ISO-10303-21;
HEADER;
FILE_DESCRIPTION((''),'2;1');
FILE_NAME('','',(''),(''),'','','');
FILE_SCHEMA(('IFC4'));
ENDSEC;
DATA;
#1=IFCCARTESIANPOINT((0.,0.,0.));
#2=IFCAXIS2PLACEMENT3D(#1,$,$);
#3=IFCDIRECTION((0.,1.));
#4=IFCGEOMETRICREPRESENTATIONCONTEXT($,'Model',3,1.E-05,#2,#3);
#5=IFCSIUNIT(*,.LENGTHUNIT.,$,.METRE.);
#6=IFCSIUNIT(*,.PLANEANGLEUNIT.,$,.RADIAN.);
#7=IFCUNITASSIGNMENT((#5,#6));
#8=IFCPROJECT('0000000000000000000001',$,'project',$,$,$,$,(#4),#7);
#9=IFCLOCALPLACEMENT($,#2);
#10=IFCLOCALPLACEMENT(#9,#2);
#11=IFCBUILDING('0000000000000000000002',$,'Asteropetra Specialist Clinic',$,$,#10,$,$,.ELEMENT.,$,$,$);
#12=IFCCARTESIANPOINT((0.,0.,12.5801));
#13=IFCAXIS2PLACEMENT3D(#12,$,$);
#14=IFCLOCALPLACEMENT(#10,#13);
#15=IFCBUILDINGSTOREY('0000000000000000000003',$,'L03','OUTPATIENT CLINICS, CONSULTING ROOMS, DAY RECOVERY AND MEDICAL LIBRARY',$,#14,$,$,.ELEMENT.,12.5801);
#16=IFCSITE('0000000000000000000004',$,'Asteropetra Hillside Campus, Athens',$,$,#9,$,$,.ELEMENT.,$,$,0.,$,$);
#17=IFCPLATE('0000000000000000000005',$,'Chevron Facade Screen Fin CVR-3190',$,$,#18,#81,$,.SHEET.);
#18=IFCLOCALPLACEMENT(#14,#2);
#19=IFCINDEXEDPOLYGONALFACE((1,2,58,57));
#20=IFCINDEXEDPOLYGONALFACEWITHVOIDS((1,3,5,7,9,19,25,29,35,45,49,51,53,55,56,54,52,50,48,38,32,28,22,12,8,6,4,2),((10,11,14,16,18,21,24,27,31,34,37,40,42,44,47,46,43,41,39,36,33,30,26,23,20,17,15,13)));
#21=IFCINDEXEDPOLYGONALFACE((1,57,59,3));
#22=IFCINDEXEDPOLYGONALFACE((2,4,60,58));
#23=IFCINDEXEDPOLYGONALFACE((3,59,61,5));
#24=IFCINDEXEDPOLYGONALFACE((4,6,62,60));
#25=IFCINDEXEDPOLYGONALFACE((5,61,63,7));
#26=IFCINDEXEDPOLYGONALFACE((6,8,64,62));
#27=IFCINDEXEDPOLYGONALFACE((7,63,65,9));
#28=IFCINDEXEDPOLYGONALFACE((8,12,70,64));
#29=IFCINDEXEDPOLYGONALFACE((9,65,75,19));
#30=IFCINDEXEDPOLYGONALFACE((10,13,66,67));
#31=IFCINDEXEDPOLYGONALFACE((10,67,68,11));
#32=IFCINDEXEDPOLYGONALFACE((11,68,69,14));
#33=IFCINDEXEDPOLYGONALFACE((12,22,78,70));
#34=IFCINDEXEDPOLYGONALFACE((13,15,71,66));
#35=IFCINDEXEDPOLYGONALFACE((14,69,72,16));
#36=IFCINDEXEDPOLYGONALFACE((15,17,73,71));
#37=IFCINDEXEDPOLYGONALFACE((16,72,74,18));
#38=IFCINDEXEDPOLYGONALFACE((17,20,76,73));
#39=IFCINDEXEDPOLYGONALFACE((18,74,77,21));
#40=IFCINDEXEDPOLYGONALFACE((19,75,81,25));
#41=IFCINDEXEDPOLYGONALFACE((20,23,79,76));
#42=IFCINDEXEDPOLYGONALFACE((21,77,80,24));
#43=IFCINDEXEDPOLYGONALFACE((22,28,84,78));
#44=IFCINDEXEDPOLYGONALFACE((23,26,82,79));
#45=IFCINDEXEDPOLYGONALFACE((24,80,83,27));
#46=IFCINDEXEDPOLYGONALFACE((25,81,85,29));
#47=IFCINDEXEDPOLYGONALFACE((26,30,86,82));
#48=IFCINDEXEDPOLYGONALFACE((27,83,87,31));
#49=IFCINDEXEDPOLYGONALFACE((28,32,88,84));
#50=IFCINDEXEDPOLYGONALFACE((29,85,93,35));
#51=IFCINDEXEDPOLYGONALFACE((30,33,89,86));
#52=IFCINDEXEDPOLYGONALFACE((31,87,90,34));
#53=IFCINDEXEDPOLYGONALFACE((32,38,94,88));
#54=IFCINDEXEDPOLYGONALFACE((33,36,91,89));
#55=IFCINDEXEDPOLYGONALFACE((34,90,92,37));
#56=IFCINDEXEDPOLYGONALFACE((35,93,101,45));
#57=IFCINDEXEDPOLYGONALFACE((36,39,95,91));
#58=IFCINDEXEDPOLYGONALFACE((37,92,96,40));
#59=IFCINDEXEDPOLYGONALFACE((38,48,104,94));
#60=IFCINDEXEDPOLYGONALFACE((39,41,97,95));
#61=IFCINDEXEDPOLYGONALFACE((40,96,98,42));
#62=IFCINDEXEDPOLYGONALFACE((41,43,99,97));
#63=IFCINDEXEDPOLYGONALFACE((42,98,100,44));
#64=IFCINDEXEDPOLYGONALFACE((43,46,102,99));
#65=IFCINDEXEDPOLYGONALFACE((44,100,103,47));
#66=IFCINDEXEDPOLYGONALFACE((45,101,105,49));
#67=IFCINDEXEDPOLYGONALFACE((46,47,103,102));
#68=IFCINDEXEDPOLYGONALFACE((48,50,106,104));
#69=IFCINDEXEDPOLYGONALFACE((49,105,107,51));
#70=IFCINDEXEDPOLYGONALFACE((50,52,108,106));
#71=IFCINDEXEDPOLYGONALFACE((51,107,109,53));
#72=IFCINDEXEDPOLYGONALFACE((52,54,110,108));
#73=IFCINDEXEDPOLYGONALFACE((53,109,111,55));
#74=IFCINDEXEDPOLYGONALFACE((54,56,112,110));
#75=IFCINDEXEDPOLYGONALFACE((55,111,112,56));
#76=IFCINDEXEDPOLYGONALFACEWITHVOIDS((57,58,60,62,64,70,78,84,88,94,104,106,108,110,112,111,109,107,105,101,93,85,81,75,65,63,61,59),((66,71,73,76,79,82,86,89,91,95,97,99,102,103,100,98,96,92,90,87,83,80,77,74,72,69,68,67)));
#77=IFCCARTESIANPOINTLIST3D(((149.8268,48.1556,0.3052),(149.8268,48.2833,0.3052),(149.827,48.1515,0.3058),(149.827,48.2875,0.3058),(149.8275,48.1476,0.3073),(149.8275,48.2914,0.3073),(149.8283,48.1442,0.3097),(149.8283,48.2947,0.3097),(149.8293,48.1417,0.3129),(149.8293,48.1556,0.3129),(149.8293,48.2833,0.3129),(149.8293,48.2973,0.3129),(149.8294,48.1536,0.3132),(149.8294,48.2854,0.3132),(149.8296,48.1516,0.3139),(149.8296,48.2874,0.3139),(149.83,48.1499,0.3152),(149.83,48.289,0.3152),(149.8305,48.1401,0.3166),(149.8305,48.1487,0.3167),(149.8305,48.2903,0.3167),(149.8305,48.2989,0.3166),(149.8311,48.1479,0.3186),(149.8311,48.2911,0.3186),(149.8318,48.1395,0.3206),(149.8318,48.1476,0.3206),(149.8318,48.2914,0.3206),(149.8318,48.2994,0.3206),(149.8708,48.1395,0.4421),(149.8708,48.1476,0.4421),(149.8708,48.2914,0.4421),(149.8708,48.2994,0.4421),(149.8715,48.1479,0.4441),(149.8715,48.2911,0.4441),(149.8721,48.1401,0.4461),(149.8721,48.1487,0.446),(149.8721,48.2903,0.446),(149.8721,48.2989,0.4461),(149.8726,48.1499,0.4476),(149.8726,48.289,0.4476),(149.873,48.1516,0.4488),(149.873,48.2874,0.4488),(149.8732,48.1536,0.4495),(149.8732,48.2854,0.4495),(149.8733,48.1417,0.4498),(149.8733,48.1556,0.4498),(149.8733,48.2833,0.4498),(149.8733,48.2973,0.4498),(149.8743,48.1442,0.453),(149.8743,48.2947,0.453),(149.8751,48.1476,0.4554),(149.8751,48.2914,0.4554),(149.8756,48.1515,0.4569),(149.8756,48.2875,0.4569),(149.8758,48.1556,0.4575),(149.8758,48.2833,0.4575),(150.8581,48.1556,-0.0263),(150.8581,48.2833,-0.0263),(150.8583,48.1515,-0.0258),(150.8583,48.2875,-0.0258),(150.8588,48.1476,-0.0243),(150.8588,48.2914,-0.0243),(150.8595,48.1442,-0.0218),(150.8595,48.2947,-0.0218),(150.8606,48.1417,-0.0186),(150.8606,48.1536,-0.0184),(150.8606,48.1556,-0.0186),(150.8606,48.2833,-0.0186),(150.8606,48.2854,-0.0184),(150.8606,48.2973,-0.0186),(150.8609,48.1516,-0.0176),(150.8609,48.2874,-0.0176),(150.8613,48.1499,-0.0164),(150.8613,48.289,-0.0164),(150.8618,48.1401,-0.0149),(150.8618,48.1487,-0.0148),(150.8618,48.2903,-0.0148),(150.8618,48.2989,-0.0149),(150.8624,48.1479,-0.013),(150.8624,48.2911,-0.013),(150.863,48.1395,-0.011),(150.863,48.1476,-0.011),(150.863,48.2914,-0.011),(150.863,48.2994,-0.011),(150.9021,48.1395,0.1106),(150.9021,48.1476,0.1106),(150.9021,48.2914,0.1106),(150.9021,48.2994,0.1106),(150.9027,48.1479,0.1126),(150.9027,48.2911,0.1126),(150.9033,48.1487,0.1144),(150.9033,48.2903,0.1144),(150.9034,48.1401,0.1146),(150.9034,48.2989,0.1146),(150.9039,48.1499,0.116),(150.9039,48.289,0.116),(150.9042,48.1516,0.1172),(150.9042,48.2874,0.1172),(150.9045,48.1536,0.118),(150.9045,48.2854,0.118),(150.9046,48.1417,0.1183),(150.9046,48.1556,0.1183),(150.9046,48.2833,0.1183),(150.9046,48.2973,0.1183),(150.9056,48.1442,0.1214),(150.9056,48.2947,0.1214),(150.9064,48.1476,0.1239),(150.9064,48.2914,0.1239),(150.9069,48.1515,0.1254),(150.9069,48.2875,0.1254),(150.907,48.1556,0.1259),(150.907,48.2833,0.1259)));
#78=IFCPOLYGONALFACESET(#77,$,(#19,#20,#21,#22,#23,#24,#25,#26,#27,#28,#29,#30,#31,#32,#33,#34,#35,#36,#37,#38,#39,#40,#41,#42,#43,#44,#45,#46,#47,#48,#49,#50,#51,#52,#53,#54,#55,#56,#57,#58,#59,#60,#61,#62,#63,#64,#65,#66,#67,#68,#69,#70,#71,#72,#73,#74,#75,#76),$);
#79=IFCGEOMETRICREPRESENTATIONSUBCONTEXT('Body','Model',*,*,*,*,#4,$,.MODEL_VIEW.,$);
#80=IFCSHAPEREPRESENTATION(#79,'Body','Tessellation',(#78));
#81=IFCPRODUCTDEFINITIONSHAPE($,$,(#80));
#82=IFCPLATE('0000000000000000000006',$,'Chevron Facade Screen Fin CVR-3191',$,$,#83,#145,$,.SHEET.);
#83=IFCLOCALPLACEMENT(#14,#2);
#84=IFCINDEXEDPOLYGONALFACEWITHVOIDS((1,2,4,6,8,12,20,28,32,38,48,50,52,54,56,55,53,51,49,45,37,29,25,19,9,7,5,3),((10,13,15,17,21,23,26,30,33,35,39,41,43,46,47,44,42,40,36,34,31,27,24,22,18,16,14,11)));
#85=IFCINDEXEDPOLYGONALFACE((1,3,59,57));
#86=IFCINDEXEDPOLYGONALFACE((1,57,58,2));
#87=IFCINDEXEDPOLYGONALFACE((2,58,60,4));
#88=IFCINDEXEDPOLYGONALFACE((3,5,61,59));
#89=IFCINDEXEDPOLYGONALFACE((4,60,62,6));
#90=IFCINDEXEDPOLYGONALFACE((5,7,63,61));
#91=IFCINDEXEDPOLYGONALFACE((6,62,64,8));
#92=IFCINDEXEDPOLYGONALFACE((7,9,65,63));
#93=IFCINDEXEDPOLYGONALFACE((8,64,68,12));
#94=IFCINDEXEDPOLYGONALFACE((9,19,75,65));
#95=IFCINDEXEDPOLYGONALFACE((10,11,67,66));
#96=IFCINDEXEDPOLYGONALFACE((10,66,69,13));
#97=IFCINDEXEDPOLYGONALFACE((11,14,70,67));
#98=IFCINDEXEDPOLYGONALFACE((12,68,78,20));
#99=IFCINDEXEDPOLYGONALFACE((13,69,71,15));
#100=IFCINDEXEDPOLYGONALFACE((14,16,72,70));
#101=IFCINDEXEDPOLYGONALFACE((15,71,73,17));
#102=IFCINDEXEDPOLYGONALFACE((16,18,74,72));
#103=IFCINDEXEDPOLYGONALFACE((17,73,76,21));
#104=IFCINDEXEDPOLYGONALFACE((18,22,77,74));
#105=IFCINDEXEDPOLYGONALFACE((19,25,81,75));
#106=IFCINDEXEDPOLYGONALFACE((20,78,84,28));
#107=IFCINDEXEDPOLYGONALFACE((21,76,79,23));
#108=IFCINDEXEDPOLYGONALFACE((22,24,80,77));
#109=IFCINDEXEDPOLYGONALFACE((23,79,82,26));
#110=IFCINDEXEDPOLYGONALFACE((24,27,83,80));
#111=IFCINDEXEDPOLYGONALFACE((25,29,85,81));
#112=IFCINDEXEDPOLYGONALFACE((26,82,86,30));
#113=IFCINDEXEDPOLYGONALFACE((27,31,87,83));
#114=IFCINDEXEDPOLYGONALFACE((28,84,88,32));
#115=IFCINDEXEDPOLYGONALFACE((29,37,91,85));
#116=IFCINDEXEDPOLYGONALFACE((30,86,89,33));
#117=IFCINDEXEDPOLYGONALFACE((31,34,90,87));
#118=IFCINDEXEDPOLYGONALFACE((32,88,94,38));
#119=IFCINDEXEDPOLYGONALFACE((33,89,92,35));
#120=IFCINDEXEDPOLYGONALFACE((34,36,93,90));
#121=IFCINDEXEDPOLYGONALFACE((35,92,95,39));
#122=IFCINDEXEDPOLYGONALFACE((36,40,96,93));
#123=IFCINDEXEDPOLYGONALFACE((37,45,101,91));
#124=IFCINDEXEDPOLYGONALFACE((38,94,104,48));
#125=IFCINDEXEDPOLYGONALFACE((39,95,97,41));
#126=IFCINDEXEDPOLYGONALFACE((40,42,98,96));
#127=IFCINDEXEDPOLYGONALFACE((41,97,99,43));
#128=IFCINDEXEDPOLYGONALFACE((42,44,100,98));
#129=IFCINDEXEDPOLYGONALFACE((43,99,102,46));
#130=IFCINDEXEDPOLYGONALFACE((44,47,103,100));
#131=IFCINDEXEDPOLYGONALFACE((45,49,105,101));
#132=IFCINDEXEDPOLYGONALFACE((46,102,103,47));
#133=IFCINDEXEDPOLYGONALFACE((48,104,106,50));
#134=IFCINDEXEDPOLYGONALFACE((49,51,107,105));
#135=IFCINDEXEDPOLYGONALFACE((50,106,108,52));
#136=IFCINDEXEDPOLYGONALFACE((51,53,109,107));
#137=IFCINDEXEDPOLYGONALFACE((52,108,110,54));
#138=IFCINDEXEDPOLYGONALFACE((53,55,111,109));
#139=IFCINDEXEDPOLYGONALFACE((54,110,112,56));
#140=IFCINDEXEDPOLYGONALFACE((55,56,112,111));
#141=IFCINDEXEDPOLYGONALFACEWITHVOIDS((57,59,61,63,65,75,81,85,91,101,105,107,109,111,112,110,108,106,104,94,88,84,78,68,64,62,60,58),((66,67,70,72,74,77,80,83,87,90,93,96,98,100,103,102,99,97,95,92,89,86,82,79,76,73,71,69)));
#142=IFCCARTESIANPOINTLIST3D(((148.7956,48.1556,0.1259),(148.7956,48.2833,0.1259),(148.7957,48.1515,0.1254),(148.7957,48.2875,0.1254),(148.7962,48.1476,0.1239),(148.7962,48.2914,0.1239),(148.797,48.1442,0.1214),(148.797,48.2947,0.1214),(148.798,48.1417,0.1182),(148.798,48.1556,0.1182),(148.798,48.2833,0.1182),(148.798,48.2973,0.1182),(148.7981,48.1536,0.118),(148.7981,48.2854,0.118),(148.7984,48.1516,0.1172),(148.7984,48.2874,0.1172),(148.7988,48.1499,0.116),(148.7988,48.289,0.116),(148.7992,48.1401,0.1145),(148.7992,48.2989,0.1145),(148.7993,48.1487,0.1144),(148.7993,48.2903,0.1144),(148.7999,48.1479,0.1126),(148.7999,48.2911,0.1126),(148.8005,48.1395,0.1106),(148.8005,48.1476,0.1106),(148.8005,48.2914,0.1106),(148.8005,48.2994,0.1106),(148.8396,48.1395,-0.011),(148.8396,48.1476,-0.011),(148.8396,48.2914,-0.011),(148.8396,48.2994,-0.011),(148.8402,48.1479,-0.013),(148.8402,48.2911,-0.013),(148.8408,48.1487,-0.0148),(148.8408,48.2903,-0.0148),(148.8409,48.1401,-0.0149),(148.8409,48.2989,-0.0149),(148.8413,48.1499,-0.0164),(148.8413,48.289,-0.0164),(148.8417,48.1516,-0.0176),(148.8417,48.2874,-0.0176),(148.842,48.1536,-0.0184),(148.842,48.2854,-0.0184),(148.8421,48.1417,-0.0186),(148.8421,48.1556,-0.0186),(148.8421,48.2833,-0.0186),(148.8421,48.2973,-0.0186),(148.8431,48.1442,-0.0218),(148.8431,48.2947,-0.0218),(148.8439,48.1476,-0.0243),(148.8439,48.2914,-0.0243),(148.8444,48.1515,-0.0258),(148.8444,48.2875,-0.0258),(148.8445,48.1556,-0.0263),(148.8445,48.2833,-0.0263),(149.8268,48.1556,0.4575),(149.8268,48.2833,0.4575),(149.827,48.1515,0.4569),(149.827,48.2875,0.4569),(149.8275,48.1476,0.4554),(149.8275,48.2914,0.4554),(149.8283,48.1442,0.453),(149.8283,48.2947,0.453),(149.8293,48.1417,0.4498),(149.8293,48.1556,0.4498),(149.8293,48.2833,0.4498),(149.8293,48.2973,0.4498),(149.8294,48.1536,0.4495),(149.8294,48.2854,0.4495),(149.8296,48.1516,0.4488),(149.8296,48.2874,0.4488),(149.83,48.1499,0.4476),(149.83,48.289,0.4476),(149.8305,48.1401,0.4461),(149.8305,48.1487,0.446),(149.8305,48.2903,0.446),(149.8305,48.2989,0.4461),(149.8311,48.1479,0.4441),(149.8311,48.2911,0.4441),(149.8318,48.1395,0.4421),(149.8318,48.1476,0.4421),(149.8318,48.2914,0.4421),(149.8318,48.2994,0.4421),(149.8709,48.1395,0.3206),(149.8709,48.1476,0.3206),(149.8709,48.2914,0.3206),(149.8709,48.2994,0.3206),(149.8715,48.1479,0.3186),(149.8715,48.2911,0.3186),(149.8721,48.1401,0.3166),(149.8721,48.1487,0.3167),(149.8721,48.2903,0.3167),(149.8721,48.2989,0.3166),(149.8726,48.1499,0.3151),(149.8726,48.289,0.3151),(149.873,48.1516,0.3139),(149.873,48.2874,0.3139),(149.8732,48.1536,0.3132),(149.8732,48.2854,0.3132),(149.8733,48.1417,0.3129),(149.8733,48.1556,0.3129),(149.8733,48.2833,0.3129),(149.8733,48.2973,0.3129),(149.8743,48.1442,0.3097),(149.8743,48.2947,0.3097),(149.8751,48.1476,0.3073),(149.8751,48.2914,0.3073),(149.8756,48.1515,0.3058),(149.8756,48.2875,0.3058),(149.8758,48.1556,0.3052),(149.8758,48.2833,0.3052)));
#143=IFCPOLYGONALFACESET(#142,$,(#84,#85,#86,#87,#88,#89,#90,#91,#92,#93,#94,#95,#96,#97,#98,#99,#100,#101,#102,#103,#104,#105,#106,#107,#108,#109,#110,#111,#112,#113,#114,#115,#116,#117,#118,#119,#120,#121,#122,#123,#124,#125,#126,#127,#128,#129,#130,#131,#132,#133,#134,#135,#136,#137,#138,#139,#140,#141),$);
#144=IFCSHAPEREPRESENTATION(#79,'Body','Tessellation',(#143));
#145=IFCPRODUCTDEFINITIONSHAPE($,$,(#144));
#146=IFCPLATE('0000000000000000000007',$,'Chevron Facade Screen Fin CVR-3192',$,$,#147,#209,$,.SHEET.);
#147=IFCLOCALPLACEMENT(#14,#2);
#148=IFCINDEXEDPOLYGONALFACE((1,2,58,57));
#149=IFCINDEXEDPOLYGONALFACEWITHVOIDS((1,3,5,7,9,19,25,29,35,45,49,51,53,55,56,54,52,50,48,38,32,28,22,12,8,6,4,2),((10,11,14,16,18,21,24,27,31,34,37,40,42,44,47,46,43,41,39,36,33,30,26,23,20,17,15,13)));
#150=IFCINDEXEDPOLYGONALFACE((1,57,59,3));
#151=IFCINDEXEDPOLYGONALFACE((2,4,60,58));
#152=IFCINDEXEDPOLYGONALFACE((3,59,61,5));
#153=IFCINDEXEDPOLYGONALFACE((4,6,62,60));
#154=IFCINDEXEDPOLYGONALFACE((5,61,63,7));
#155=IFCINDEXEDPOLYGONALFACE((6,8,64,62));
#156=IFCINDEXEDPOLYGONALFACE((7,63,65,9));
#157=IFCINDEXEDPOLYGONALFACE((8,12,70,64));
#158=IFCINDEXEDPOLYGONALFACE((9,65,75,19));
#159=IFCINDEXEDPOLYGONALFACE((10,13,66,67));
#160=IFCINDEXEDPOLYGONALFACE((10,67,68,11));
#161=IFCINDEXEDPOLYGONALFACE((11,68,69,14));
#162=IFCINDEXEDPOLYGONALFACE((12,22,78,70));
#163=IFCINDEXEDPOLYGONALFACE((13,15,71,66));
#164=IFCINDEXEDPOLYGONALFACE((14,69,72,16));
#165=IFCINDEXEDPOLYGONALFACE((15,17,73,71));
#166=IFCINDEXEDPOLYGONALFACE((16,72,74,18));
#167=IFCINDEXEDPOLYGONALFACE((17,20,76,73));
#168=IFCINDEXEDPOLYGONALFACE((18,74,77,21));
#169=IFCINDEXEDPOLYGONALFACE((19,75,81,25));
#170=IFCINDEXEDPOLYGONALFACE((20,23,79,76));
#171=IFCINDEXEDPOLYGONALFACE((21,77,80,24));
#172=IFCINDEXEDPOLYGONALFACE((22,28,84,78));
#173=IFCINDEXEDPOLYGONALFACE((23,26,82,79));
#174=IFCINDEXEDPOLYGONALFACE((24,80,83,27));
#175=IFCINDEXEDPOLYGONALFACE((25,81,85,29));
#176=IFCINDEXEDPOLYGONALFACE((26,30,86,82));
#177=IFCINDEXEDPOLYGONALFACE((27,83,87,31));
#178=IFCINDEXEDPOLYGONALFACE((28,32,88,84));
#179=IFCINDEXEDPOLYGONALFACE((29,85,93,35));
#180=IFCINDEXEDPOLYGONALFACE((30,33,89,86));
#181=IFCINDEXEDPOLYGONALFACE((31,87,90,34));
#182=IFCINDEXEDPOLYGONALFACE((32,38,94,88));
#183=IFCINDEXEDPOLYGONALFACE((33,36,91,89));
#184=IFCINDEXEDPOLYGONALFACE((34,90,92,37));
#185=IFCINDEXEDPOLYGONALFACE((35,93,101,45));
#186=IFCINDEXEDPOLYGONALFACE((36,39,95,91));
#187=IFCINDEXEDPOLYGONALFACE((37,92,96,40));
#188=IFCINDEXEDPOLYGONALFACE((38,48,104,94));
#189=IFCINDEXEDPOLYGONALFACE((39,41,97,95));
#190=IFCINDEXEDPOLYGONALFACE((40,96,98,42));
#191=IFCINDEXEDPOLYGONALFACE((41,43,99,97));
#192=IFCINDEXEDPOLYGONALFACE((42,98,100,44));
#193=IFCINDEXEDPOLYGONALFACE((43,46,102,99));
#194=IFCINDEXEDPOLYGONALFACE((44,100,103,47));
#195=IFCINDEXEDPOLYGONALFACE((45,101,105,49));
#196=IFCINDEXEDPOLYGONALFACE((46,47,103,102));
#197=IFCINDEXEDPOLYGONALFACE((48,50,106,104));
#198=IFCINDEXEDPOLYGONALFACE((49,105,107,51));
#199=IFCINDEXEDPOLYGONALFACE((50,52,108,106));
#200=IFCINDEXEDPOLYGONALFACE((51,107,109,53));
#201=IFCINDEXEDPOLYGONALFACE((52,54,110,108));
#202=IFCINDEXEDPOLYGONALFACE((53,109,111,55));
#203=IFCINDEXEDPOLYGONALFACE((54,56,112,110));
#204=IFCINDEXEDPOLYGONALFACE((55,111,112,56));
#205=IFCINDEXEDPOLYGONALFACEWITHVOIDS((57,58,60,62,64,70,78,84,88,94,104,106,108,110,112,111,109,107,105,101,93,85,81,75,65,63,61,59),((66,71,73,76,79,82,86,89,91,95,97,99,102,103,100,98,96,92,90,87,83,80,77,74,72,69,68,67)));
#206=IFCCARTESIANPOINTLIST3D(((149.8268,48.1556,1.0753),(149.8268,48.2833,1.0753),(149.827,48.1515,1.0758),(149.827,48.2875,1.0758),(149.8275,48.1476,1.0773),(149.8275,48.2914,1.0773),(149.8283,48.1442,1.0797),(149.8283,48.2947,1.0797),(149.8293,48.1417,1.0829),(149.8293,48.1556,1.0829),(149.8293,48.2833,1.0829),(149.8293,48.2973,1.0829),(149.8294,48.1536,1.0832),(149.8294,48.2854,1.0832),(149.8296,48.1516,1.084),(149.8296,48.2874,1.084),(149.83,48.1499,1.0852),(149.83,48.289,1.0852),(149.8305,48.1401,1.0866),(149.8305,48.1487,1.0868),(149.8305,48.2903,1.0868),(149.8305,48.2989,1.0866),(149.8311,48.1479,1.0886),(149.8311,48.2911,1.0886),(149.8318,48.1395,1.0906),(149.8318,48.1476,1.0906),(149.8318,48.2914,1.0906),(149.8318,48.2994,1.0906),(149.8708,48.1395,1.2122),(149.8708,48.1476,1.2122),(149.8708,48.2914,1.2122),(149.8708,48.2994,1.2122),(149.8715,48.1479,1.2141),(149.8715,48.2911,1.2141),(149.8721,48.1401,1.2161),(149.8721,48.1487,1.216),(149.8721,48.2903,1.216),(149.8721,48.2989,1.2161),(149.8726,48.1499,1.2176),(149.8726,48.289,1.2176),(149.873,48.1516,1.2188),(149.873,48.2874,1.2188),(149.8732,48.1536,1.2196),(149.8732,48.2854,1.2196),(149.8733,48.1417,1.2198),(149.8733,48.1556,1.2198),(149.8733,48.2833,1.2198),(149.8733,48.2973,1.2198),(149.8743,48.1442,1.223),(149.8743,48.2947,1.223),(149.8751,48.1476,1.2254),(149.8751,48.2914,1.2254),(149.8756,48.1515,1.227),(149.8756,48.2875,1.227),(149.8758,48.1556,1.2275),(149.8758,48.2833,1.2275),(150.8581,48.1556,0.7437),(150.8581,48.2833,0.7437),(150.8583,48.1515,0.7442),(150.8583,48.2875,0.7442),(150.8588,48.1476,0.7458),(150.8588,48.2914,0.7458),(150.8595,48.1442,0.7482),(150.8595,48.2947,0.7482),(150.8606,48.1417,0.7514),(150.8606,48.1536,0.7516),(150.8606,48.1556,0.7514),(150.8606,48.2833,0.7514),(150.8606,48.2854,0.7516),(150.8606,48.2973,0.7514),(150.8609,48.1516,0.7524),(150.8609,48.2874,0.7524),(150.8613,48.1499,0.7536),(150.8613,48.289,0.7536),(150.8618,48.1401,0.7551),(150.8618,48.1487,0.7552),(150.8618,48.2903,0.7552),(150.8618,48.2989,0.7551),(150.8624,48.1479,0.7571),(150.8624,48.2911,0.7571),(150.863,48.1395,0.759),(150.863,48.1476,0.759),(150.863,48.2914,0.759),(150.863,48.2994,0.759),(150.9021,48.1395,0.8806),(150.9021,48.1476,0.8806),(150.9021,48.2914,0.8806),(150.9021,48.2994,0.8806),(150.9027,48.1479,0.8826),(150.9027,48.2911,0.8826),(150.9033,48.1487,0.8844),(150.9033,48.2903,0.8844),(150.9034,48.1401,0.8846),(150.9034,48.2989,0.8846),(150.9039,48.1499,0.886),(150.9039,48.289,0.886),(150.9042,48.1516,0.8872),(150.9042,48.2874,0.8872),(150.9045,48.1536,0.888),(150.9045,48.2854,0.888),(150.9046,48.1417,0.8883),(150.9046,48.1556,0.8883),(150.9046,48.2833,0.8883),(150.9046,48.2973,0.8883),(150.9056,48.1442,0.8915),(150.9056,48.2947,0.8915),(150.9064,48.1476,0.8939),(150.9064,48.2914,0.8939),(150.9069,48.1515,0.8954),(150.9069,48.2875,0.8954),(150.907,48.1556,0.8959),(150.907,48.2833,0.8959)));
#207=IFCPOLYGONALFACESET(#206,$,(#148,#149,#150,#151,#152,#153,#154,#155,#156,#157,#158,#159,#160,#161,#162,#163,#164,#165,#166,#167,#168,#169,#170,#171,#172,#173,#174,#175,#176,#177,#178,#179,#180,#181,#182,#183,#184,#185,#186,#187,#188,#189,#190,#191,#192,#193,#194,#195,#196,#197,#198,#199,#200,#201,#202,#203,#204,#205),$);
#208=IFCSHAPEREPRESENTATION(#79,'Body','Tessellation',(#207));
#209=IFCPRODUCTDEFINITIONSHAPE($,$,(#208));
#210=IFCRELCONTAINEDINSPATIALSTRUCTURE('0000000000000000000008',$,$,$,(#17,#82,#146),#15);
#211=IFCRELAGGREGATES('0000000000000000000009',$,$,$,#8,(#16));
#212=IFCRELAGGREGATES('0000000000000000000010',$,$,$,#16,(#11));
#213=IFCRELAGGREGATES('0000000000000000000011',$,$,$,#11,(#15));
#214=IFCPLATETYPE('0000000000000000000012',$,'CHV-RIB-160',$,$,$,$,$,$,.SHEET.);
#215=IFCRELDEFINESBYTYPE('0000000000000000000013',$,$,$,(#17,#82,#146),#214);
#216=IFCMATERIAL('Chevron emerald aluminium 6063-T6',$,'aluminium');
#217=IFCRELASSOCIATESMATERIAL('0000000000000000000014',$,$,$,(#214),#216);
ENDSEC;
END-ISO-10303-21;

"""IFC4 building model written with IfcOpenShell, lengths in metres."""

from ifc_helpers import new_model, si_unit, direction, frame, origin, origin_2d, place, context, subcontext, project, spatial, hollow_rectangle, extrude, material, material_profile, profile_set, type_object, element, save


model = new_model("IFC4")

# Units and contexts
model_context = context("Model", 3, precision=1e-05, world=origin(), true_north=direction((0.0, 1.0)))
body_context = subcontext(model_context, "Body", "Model", "MODEL_VIEW")
ifc_project = project(units=[si_unit("LENGTHUNIT", "METRE"), si_unit("PLANEANGLEUNIT", "RADIAN")], contexts=[model_context])

# Site, building, storey
site_placement = place(None, origin())
site = spatial("IfcSite", under=ifc_project, at=site_placement, Name="Asteropetra Hillside Campus, Athens", CompositionType="ELEMENT", RefElevation=0.0)
building_placement = place(site_placement, origin())
building = spatial("IfcBuilding", under=site, at=building_placement, Name="Asteropetra Specialist Clinic", CompositionType="ELEMENT")
storey_placement = place(building_placement, frame((0.0, 0.0, 12.5801)))
storey = spatial("IfcBuildingStorey", under=building, at=storey_placement, Name="L03", Description="OUTPATIENT CLINICS, CONSULTING ROOMS, DAY RECOVERY AND MEDICAL LIBRARY", CompositionType="ELEMENT", Elevation=12.5801)

# Plates
ifc_material_1 = material(Name="Chevron emerald aluminium 6063-T6", Category="aluminium")
ifc_material_profile = material_profile(ifc_material_1, hollow_rectangle(XDim=0.1599, YDim=0.1599, WallThickness=0.0081, InnerFilletRadius=0.0081, OuterFilletRadius=0.0161, at=origin_2d()), Name="SHS 160x160x8.0")
ifc_profile_set = profile_set([ifc_material_profile], Name="Chevron emerald aluminium 6063-T6")
plate_type_1 = type_object("IfcPlateType", Name="CHV-RIB-160", PredefinedType="SHEET", material=ifc_profile_set)
for number, where, z_axis, x_axis, name in (
    (1, (150.8826, 48.2195, 0.0498), (-0.95201, 0.0, 0.306068), (0.0, -1.0, 0.0), "Chevron Facade Screen Fin CVR-3190"),
    (2, (149.8513, 48.2195, 0.3813), (-0.95201, 0.0, -0.306068), (0.0, -1.0, 0.0), "Chevron Facade Screen Fin CVR-3191"),
    (3, (150.8826, 48.2195, 0.8198), (-0.95201, 0.0, 0.306068), (0.0, -1.0, 0.0), "Chevron Facade Screen Fin CVR-3192"),
):
    element("IfcPlate", number, at=place(storey_placement, frame(where, z_axis=z_axis, x_axis=x_axis)), inside=storey, type_object=plate_type_1, Name=name, PredefinedType="SHEET", context=body_context, shape_type="SweptSolid", body=[
        extrude(hollow_rectangle(XDim=0.1599, YDim=0.1599, WallThickness=0.0081, InnerFilletRadius=0.0081, OuterFilletRadius=0.0161, at=origin_2d()), origin(), (0.0, 0.0, 1.0), 1.0833),
    ])

save(model, "model.ifc")
